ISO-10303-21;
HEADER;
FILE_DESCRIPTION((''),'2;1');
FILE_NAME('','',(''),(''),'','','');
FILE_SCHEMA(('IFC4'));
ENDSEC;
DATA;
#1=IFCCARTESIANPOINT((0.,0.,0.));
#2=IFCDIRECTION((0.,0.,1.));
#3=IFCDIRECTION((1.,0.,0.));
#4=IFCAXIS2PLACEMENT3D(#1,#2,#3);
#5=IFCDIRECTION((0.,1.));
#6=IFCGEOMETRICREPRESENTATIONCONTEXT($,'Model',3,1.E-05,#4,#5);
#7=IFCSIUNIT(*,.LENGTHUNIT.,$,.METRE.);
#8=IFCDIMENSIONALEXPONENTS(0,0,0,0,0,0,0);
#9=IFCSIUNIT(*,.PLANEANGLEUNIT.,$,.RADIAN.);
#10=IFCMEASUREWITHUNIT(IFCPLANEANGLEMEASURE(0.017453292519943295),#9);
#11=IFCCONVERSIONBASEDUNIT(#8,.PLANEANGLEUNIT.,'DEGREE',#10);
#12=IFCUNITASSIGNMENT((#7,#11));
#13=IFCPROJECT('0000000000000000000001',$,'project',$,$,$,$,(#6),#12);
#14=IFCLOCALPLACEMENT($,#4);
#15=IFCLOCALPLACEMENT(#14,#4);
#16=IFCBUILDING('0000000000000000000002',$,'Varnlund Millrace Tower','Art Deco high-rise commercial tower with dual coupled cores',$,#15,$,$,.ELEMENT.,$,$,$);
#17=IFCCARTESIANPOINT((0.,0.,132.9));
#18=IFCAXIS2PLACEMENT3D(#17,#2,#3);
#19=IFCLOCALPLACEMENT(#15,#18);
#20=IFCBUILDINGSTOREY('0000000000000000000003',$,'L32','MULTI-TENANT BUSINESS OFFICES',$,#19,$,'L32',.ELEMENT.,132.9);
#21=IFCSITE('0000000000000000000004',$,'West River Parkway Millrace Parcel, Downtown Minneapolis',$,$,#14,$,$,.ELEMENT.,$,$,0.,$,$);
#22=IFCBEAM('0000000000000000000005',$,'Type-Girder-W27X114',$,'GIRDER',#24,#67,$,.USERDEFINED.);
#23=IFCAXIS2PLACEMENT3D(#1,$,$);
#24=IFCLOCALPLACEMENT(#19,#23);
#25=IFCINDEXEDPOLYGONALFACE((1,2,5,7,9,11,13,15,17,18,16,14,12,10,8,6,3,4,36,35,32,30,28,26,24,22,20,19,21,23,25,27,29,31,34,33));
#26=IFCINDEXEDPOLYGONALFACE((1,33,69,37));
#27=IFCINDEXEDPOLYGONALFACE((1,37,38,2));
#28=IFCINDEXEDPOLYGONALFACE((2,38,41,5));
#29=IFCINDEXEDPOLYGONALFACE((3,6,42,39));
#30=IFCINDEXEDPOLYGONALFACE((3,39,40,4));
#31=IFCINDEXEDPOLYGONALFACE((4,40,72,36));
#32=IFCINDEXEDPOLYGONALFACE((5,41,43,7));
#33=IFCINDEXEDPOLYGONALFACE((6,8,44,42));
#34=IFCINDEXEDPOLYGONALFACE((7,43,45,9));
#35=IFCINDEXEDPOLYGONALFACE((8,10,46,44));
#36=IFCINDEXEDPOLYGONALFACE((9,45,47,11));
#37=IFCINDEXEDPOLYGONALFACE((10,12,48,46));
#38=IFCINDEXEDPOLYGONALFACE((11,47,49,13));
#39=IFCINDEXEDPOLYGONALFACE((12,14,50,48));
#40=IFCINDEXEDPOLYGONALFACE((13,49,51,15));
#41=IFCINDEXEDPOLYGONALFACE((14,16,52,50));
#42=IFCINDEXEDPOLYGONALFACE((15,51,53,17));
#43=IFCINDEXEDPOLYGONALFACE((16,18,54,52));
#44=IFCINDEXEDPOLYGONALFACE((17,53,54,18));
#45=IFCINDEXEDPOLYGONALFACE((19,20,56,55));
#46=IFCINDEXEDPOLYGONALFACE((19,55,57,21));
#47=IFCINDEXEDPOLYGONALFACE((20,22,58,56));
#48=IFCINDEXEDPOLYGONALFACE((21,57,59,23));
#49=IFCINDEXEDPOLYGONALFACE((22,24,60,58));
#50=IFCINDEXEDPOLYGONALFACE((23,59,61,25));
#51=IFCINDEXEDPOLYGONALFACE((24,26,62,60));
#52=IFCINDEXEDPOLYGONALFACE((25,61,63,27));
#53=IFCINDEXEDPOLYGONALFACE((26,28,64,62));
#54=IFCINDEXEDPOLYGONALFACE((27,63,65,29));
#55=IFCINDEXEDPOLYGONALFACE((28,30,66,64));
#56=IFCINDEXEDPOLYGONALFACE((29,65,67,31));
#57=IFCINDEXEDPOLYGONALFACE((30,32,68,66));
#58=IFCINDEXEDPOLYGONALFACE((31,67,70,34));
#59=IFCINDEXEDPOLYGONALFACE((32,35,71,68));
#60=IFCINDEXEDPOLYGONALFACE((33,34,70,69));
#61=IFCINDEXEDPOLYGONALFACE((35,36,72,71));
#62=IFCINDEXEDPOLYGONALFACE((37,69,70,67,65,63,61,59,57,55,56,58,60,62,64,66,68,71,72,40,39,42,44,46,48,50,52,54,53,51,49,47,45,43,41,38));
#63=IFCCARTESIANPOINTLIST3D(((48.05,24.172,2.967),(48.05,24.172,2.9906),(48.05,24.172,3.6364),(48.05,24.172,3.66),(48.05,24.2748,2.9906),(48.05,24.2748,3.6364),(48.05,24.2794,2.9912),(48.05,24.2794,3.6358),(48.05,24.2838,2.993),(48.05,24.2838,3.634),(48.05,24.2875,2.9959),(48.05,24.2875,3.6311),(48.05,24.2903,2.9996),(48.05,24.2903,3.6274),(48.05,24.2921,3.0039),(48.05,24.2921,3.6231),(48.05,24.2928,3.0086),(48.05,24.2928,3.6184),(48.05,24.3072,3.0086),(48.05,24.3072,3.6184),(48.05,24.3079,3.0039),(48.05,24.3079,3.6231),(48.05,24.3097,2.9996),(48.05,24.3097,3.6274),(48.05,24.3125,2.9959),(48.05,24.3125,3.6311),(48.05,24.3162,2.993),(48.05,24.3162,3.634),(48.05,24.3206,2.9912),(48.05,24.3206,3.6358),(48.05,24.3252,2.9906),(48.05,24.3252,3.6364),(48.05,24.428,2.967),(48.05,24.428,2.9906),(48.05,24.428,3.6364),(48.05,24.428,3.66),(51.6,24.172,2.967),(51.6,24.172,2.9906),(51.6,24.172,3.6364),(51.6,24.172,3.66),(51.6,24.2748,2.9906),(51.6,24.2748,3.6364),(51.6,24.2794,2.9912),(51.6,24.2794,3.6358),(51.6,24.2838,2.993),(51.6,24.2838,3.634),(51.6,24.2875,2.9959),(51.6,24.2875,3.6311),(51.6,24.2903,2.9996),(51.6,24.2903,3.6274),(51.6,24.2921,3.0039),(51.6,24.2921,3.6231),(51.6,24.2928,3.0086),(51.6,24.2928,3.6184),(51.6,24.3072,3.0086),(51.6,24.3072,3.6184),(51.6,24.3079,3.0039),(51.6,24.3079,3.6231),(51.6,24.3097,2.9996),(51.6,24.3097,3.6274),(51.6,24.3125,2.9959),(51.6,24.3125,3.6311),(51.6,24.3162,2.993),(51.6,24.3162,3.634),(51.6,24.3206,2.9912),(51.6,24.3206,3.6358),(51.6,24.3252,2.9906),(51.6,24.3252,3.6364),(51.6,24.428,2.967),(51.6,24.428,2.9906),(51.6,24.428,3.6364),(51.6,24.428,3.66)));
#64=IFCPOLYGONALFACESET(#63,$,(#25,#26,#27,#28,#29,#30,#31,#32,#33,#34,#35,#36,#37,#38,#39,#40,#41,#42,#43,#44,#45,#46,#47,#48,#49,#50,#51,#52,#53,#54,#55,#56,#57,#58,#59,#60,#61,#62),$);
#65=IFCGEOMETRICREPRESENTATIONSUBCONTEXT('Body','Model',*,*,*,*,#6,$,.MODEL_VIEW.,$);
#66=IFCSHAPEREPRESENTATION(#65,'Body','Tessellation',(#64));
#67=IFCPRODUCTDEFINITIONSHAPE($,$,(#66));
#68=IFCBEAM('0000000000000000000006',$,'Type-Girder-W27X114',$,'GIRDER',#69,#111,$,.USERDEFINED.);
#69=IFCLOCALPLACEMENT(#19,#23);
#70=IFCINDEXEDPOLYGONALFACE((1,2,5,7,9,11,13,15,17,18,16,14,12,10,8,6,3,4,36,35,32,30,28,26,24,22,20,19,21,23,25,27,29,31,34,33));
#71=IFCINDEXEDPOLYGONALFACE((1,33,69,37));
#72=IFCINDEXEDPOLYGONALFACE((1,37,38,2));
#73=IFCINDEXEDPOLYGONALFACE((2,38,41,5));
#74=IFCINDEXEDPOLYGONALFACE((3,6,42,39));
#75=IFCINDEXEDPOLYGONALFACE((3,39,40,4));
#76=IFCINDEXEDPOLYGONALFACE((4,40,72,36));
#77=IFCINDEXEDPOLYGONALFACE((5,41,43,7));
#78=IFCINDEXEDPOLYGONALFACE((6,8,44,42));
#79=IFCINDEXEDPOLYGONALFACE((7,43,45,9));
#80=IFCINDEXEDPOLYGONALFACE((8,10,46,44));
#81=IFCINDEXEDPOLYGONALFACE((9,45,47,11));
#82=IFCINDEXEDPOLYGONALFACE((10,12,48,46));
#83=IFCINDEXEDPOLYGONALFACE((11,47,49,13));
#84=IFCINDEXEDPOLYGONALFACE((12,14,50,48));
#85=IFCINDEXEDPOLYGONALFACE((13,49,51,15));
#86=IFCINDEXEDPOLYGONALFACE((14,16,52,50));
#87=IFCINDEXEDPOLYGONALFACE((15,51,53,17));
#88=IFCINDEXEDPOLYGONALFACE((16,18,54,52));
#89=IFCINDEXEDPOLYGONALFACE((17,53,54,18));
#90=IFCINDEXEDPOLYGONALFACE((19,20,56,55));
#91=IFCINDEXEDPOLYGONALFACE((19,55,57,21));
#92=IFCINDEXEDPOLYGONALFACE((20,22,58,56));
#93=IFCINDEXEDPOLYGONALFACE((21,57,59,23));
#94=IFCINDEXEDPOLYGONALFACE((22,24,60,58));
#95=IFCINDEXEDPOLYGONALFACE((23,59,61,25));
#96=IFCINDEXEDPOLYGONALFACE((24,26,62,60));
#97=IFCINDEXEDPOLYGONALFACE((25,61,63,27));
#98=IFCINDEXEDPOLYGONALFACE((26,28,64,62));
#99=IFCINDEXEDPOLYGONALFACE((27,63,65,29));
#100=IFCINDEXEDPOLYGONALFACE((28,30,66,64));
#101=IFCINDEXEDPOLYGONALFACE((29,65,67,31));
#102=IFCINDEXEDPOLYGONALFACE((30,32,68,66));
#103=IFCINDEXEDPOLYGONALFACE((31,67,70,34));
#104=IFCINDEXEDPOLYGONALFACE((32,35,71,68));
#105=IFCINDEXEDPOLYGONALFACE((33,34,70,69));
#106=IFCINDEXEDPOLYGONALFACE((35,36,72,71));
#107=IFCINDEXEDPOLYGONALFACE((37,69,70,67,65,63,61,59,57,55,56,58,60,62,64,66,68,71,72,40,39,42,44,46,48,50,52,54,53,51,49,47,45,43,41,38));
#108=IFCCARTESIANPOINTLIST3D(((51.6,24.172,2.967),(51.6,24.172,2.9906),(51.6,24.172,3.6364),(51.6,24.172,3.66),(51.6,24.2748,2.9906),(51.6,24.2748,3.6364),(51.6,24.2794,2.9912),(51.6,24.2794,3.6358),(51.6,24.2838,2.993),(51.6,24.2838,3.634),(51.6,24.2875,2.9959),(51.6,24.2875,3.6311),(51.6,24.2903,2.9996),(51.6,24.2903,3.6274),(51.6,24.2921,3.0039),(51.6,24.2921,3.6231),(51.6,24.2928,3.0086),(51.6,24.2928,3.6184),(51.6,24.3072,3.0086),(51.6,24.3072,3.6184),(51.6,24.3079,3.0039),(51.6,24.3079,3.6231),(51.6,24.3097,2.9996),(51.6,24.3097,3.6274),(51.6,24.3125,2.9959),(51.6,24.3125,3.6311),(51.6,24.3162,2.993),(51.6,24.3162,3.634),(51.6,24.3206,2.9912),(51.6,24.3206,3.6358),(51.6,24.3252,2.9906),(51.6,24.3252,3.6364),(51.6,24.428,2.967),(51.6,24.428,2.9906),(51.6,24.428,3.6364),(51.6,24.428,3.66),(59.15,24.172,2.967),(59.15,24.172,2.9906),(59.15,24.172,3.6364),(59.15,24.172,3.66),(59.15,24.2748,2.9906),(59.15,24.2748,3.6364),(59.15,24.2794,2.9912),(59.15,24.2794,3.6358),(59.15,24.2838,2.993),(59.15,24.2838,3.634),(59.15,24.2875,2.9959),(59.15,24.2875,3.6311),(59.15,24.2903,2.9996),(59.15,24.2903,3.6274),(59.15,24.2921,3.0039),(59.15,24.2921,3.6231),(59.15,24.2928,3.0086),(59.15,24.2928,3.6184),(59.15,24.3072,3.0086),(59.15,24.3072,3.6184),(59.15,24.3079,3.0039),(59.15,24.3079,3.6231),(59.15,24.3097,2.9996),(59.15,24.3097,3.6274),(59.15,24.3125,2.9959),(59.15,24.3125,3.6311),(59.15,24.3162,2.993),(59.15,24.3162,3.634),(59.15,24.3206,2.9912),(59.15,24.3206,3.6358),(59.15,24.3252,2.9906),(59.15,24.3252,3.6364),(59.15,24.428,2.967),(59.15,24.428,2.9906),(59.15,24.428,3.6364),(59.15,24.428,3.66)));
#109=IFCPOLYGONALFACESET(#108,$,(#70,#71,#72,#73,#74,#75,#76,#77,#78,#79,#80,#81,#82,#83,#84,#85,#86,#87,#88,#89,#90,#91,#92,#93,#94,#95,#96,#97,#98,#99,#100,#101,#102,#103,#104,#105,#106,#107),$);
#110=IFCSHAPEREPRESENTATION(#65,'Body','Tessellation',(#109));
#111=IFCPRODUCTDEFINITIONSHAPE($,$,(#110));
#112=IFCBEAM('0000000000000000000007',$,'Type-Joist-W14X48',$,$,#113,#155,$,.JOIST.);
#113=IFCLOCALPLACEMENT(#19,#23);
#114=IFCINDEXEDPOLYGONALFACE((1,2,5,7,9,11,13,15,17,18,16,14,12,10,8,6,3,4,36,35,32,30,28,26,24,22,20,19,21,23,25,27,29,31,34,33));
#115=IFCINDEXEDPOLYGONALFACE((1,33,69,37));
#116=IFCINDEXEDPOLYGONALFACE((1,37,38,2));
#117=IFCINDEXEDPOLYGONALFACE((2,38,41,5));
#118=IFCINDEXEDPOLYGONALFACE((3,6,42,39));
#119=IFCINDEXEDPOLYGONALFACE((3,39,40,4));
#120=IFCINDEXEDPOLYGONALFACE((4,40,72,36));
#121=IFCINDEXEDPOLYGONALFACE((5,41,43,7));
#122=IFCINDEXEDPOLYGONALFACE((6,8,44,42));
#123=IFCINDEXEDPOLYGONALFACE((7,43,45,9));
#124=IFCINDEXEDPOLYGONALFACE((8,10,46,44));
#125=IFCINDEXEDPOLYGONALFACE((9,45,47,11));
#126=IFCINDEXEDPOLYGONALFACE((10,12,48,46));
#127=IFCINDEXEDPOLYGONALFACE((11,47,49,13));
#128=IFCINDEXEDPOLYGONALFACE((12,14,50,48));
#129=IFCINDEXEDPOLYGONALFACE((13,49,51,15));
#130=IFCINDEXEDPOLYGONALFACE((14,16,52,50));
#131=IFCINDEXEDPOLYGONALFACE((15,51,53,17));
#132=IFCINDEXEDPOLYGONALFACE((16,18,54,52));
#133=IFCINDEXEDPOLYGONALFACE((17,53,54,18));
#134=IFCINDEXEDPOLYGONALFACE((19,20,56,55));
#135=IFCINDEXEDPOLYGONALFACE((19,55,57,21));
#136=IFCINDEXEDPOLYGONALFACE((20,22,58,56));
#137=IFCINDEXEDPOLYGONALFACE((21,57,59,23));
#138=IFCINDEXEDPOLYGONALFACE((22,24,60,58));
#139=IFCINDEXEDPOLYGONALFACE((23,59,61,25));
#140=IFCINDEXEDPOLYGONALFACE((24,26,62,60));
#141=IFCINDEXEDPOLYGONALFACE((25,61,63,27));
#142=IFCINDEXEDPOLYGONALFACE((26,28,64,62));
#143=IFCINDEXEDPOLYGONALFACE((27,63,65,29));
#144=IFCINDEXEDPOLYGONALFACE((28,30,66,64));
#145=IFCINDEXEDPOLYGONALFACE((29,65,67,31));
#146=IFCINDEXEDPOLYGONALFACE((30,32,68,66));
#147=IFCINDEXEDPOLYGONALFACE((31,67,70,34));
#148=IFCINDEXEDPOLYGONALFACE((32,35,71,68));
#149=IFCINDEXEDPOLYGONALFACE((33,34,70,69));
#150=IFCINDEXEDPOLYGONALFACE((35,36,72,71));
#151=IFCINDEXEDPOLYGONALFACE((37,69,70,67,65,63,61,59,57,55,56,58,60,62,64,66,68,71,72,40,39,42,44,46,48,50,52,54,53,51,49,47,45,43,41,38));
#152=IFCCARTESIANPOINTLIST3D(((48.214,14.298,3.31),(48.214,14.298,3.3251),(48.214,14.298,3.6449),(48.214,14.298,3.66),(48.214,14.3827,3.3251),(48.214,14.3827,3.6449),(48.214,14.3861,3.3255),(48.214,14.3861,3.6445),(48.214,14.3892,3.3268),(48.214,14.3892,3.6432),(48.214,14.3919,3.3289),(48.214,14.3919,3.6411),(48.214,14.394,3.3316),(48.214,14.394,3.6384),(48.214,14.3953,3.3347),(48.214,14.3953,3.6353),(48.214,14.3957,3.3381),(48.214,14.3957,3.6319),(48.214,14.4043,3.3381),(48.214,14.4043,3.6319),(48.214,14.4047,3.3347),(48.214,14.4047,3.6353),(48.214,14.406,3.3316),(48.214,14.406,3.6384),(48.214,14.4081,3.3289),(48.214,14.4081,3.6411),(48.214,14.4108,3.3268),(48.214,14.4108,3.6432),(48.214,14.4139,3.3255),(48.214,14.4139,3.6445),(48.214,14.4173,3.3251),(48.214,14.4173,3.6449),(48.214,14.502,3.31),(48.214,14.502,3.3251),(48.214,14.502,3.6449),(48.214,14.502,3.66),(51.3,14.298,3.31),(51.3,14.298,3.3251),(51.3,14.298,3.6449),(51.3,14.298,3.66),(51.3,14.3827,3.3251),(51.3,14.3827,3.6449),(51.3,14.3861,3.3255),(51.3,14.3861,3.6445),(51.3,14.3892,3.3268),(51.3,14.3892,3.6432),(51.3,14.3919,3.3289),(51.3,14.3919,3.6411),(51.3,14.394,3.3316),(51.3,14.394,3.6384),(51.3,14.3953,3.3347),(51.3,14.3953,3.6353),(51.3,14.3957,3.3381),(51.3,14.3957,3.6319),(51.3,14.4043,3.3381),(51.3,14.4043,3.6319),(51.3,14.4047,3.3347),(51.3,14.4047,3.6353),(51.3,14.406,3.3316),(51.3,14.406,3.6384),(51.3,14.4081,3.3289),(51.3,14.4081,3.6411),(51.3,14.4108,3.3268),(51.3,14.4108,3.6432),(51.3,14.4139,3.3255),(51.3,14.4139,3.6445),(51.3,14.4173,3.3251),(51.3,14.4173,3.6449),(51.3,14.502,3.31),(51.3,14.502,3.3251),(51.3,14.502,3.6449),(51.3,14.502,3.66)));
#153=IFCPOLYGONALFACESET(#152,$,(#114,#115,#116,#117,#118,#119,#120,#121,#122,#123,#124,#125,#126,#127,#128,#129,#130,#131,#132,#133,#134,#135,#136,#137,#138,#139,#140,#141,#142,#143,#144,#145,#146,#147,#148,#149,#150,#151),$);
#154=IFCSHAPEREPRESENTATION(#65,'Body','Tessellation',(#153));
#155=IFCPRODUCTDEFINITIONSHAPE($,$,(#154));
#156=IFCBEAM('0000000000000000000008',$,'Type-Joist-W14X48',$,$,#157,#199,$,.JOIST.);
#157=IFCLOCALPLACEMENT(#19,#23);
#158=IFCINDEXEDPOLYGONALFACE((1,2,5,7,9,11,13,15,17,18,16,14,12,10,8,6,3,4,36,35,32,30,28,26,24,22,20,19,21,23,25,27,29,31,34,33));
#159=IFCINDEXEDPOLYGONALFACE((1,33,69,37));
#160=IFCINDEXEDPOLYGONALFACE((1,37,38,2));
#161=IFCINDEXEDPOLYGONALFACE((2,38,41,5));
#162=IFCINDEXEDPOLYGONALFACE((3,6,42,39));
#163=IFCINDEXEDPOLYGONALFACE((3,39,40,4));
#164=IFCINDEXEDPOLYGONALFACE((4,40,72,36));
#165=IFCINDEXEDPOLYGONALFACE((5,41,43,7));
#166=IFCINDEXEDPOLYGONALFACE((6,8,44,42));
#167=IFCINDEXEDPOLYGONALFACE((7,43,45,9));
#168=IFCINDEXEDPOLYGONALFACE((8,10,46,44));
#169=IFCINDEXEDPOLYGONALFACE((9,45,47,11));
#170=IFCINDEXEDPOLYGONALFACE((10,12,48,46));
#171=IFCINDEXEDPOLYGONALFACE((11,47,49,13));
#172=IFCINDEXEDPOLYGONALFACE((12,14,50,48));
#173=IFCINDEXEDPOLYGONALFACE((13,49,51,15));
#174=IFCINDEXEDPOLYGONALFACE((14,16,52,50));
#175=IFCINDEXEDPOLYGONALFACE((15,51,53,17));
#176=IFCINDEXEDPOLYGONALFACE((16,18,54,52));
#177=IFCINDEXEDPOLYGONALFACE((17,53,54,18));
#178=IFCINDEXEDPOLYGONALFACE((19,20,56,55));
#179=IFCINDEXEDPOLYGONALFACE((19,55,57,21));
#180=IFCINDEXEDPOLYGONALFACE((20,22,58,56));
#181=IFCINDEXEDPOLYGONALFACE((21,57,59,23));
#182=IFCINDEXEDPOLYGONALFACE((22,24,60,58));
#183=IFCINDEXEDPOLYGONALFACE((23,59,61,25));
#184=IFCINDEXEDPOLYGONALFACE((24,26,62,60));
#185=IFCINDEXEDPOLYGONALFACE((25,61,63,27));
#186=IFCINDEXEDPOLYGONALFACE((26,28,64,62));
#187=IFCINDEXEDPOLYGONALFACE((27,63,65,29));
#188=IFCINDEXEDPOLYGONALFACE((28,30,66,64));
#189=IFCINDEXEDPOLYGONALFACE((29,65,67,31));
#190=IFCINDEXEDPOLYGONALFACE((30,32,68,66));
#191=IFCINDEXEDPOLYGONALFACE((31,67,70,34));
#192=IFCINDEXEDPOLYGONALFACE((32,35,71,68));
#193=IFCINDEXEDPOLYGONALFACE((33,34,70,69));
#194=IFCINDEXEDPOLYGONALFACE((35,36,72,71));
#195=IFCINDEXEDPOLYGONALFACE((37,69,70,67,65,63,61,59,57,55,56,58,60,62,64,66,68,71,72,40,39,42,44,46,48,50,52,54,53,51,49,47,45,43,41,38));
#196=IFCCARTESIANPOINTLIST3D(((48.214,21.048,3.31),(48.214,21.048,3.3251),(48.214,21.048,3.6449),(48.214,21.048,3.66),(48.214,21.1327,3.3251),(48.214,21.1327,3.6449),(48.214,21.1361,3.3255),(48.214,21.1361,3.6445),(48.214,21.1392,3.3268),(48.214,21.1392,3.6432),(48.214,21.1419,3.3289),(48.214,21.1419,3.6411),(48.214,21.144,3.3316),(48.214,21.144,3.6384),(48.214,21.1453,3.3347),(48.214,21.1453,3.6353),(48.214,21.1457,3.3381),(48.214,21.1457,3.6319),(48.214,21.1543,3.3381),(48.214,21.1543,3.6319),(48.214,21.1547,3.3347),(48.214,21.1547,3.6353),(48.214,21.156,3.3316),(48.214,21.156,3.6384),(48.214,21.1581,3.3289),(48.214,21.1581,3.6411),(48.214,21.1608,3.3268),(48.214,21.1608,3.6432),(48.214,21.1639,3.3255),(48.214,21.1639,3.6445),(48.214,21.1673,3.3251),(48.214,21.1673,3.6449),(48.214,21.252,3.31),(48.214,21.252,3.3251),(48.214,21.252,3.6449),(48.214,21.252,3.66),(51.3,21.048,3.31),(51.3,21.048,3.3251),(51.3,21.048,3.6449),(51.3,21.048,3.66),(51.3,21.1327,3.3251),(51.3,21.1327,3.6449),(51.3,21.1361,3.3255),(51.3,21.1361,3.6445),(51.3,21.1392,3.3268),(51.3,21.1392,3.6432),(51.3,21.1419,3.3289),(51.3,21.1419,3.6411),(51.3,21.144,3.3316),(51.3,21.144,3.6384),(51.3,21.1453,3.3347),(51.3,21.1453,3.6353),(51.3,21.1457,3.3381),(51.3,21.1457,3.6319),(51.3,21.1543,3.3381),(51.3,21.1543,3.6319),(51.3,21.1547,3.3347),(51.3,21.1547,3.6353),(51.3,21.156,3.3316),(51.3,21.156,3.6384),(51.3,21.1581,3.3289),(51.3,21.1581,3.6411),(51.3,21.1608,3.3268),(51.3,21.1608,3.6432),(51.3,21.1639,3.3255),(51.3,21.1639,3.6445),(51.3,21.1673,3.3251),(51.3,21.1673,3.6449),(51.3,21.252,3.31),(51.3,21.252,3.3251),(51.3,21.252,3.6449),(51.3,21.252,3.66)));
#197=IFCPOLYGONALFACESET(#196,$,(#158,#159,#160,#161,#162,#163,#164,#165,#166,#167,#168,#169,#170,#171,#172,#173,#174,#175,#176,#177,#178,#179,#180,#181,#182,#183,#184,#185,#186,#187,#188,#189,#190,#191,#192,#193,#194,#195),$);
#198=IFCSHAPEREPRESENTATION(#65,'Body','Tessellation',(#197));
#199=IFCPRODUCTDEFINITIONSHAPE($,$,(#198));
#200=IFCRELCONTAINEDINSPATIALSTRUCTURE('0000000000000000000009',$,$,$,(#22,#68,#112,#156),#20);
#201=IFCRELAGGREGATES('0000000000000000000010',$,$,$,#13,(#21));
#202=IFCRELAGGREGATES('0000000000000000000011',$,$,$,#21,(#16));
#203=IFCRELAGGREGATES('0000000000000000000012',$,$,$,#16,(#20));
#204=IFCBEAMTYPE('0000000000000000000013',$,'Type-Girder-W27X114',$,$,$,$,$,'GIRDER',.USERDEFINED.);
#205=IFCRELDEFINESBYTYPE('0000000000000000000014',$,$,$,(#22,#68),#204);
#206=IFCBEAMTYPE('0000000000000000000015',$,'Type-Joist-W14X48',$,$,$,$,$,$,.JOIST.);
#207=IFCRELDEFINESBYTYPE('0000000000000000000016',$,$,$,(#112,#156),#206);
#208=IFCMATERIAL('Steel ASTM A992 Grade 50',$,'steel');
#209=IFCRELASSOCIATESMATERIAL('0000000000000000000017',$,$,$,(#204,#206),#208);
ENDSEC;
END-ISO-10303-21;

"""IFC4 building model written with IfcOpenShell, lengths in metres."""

from ifc_helpers import new_model, entity, si_unit, converted_unit, direction, frame, origin_with_axes, origin_2d_with_axis, place, context, subcontext, project, spatial, i_section, extrude, material, material_profile, profile_set, type_object, element, save


model = new_model("IFC4")

# Units and contexts
model_context = context("Model", 3, precision=1e-05, world=origin_with_axes(), true_north=direction((0.0, 1.0)))
body_context = subcontext(model_context, "Body", "Model", "MODEL_VIEW")
ifc_project = project(units=[si_unit("LENGTHUNIT", "METRE"), converted_unit("PLANEANGLEUNIT", "DEGREE", entity("IfcPlaneAngleMeasure", 0.017453292519943295), si_unit("PLANEANGLEUNIT", "RADIAN"), dimensions=[0, 0, 0, 0, 0, 0, 0])], contexts=[model_context])

# Site, building, storey
site_placement = place(None, origin_with_axes())
site = spatial("IfcSite", under=ifc_project, at=site_placement, Name="West River Parkway Millrace Parcel, Downtown Minneapolis", CompositionType="ELEMENT", RefElevation=0.0)
building_placement = place(site_placement, origin_with_axes())
building = spatial("IfcBuilding", under=site, at=building_placement, Name="Varnlund Millrace Tower", Description="Art Deco high-rise commercial tower with dual coupled cores", CompositionType="ELEMENT")
storey_placement = place(building_placement, frame((0.0, 0.0, 132.9), z_axis=(0.0, 0.0, 1.0), x_axis=(1.0, 0.0, 0.0)))
storey = spatial("IfcBuildingStorey", under=building, at=storey_placement, Name="L32", Description="MULTI-TENANT BUSINESS OFFICES", LongName="L32", CompositionType="ELEMENT", Elevation=132.9)

# Beams
ifc_material_1 = material(Name="Steel ASTM A992 Grade 50", Category="steel")
ifc_material_profile_1 = material_profile(ifc_material_1, i_section(OverallWidth=0.256, OverallDepth=0.693, WebThickness=0.0145, FlangeThickness=0.0236, FilletRadius=0.018, at=origin_2d_with_axis()), Name="Steel ASTM A992 Grade 50")
ifc_profile_set_1 = profile_set([ifc_material_profile_1], Name="Steel ASTM A992 Grade 50")
beam_type_1 = type_object("IfcBeamType", Name="Type-Girder-W27X114", ElementType="GIRDER", PredefinedType="USERDEFINED", material=ifc_profile_set_1)
beam_1_placement = place(storey_placement, frame((48.05, 24.3, 3.3135), z_axis=(1.0, 0.0, 0.0), x_axis=(0.0, 1.0, 0.0)))
element("IfcBeam", 1, at=beam_1_placement, inside=storey, type_object=beam_type_1, Name="Type-Girder-W27X114", ObjectType="GIRDER", PredefinedType="USERDEFINED", context=body_context, shape_type="SweptSolid", body=[
    extrude(i_section(OverallWidth=0.256, OverallDepth=0.693, WebThickness=0.0145, FlangeThickness=0.0236, FilletRadius=0.018, at=origin_2d_with_axis()), origin_with_axes(), (0.0, 0.0, 1.0), 3.55),
])
beam_2_placement = place(storey_placement, frame((51.6, 24.3, 3.3135), z_axis=(1.0, 0.0, 0.0), x_axis=(0.0, 1.0, 0.0)))
element("IfcBeam", 2, at=beam_2_placement, inside=storey, type_object=beam_type_1, Name="Type-Girder-W27X114", ObjectType="GIRDER", PredefinedType="USERDEFINED", context=body_context, shape_type="SweptSolid", body=[
    extrude(i_section(OverallWidth=0.256, OverallDepth=0.693, WebThickness=0.0145, FlangeThickness=0.0236, FilletRadius=0.018, at=origin_2d_with_axis()), origin_with_axes(), (0.0, 0.0, 1.0), 7.55),
])
ifc_material_profile_2 = material_profile(ifc_material_1, i_section(OverallWidth=0.204, OverallDepth=0.35, WebThickness=0.0086, FlangeThickness=0.0151, FilletRadius=0.013, at=origin_2d_with_axis()), Name="Steel ASTM A992 Grade 50")
ifc_profile_set_2 = profile_set([ifc_material_profile_2], Name="Steel ASTM A992 Grade 50")
beam_type_2 = type_object("IfcBeamType", Name="Type-Joist-W14X48", PredefinedType="JOIST", material=ifc_profile_set_2)
for number, where, z_axis, x_axis, name in (
    (3, (48.214, 14.4, 3.485), (1.0, 0.0, 0.0), (0.0, 1.0, 0.0), "Type-Joist-W14X48"),
    (4, (48.214, 21.15, 3.485), (1.0, 0.0, 0.0), (0.0, 1.0, 0.0), "Type-Joist-W14X48"),
):
    element("IfcBeam", number, at=place(storey_placement, frame(where, z_axis=z_axis, x_axis=x_axis)), inside=storey, type_object=beam_type_2, Name=name, PredefinedType="JOIST", context=body_context, shape_type="SweptSolid", body=[
        extrude(i_section(OverallWidth=0.204, OverallDepth=0.35, WebThickness=0.0086, FlangeThickness=0.0151, FilletRadius=0.013, at=origin_2d_with_axis()), origin_with_axes(), (0.0, 0.0, 1.0), 3.086),
    ])

save(model, "model.ifc")
